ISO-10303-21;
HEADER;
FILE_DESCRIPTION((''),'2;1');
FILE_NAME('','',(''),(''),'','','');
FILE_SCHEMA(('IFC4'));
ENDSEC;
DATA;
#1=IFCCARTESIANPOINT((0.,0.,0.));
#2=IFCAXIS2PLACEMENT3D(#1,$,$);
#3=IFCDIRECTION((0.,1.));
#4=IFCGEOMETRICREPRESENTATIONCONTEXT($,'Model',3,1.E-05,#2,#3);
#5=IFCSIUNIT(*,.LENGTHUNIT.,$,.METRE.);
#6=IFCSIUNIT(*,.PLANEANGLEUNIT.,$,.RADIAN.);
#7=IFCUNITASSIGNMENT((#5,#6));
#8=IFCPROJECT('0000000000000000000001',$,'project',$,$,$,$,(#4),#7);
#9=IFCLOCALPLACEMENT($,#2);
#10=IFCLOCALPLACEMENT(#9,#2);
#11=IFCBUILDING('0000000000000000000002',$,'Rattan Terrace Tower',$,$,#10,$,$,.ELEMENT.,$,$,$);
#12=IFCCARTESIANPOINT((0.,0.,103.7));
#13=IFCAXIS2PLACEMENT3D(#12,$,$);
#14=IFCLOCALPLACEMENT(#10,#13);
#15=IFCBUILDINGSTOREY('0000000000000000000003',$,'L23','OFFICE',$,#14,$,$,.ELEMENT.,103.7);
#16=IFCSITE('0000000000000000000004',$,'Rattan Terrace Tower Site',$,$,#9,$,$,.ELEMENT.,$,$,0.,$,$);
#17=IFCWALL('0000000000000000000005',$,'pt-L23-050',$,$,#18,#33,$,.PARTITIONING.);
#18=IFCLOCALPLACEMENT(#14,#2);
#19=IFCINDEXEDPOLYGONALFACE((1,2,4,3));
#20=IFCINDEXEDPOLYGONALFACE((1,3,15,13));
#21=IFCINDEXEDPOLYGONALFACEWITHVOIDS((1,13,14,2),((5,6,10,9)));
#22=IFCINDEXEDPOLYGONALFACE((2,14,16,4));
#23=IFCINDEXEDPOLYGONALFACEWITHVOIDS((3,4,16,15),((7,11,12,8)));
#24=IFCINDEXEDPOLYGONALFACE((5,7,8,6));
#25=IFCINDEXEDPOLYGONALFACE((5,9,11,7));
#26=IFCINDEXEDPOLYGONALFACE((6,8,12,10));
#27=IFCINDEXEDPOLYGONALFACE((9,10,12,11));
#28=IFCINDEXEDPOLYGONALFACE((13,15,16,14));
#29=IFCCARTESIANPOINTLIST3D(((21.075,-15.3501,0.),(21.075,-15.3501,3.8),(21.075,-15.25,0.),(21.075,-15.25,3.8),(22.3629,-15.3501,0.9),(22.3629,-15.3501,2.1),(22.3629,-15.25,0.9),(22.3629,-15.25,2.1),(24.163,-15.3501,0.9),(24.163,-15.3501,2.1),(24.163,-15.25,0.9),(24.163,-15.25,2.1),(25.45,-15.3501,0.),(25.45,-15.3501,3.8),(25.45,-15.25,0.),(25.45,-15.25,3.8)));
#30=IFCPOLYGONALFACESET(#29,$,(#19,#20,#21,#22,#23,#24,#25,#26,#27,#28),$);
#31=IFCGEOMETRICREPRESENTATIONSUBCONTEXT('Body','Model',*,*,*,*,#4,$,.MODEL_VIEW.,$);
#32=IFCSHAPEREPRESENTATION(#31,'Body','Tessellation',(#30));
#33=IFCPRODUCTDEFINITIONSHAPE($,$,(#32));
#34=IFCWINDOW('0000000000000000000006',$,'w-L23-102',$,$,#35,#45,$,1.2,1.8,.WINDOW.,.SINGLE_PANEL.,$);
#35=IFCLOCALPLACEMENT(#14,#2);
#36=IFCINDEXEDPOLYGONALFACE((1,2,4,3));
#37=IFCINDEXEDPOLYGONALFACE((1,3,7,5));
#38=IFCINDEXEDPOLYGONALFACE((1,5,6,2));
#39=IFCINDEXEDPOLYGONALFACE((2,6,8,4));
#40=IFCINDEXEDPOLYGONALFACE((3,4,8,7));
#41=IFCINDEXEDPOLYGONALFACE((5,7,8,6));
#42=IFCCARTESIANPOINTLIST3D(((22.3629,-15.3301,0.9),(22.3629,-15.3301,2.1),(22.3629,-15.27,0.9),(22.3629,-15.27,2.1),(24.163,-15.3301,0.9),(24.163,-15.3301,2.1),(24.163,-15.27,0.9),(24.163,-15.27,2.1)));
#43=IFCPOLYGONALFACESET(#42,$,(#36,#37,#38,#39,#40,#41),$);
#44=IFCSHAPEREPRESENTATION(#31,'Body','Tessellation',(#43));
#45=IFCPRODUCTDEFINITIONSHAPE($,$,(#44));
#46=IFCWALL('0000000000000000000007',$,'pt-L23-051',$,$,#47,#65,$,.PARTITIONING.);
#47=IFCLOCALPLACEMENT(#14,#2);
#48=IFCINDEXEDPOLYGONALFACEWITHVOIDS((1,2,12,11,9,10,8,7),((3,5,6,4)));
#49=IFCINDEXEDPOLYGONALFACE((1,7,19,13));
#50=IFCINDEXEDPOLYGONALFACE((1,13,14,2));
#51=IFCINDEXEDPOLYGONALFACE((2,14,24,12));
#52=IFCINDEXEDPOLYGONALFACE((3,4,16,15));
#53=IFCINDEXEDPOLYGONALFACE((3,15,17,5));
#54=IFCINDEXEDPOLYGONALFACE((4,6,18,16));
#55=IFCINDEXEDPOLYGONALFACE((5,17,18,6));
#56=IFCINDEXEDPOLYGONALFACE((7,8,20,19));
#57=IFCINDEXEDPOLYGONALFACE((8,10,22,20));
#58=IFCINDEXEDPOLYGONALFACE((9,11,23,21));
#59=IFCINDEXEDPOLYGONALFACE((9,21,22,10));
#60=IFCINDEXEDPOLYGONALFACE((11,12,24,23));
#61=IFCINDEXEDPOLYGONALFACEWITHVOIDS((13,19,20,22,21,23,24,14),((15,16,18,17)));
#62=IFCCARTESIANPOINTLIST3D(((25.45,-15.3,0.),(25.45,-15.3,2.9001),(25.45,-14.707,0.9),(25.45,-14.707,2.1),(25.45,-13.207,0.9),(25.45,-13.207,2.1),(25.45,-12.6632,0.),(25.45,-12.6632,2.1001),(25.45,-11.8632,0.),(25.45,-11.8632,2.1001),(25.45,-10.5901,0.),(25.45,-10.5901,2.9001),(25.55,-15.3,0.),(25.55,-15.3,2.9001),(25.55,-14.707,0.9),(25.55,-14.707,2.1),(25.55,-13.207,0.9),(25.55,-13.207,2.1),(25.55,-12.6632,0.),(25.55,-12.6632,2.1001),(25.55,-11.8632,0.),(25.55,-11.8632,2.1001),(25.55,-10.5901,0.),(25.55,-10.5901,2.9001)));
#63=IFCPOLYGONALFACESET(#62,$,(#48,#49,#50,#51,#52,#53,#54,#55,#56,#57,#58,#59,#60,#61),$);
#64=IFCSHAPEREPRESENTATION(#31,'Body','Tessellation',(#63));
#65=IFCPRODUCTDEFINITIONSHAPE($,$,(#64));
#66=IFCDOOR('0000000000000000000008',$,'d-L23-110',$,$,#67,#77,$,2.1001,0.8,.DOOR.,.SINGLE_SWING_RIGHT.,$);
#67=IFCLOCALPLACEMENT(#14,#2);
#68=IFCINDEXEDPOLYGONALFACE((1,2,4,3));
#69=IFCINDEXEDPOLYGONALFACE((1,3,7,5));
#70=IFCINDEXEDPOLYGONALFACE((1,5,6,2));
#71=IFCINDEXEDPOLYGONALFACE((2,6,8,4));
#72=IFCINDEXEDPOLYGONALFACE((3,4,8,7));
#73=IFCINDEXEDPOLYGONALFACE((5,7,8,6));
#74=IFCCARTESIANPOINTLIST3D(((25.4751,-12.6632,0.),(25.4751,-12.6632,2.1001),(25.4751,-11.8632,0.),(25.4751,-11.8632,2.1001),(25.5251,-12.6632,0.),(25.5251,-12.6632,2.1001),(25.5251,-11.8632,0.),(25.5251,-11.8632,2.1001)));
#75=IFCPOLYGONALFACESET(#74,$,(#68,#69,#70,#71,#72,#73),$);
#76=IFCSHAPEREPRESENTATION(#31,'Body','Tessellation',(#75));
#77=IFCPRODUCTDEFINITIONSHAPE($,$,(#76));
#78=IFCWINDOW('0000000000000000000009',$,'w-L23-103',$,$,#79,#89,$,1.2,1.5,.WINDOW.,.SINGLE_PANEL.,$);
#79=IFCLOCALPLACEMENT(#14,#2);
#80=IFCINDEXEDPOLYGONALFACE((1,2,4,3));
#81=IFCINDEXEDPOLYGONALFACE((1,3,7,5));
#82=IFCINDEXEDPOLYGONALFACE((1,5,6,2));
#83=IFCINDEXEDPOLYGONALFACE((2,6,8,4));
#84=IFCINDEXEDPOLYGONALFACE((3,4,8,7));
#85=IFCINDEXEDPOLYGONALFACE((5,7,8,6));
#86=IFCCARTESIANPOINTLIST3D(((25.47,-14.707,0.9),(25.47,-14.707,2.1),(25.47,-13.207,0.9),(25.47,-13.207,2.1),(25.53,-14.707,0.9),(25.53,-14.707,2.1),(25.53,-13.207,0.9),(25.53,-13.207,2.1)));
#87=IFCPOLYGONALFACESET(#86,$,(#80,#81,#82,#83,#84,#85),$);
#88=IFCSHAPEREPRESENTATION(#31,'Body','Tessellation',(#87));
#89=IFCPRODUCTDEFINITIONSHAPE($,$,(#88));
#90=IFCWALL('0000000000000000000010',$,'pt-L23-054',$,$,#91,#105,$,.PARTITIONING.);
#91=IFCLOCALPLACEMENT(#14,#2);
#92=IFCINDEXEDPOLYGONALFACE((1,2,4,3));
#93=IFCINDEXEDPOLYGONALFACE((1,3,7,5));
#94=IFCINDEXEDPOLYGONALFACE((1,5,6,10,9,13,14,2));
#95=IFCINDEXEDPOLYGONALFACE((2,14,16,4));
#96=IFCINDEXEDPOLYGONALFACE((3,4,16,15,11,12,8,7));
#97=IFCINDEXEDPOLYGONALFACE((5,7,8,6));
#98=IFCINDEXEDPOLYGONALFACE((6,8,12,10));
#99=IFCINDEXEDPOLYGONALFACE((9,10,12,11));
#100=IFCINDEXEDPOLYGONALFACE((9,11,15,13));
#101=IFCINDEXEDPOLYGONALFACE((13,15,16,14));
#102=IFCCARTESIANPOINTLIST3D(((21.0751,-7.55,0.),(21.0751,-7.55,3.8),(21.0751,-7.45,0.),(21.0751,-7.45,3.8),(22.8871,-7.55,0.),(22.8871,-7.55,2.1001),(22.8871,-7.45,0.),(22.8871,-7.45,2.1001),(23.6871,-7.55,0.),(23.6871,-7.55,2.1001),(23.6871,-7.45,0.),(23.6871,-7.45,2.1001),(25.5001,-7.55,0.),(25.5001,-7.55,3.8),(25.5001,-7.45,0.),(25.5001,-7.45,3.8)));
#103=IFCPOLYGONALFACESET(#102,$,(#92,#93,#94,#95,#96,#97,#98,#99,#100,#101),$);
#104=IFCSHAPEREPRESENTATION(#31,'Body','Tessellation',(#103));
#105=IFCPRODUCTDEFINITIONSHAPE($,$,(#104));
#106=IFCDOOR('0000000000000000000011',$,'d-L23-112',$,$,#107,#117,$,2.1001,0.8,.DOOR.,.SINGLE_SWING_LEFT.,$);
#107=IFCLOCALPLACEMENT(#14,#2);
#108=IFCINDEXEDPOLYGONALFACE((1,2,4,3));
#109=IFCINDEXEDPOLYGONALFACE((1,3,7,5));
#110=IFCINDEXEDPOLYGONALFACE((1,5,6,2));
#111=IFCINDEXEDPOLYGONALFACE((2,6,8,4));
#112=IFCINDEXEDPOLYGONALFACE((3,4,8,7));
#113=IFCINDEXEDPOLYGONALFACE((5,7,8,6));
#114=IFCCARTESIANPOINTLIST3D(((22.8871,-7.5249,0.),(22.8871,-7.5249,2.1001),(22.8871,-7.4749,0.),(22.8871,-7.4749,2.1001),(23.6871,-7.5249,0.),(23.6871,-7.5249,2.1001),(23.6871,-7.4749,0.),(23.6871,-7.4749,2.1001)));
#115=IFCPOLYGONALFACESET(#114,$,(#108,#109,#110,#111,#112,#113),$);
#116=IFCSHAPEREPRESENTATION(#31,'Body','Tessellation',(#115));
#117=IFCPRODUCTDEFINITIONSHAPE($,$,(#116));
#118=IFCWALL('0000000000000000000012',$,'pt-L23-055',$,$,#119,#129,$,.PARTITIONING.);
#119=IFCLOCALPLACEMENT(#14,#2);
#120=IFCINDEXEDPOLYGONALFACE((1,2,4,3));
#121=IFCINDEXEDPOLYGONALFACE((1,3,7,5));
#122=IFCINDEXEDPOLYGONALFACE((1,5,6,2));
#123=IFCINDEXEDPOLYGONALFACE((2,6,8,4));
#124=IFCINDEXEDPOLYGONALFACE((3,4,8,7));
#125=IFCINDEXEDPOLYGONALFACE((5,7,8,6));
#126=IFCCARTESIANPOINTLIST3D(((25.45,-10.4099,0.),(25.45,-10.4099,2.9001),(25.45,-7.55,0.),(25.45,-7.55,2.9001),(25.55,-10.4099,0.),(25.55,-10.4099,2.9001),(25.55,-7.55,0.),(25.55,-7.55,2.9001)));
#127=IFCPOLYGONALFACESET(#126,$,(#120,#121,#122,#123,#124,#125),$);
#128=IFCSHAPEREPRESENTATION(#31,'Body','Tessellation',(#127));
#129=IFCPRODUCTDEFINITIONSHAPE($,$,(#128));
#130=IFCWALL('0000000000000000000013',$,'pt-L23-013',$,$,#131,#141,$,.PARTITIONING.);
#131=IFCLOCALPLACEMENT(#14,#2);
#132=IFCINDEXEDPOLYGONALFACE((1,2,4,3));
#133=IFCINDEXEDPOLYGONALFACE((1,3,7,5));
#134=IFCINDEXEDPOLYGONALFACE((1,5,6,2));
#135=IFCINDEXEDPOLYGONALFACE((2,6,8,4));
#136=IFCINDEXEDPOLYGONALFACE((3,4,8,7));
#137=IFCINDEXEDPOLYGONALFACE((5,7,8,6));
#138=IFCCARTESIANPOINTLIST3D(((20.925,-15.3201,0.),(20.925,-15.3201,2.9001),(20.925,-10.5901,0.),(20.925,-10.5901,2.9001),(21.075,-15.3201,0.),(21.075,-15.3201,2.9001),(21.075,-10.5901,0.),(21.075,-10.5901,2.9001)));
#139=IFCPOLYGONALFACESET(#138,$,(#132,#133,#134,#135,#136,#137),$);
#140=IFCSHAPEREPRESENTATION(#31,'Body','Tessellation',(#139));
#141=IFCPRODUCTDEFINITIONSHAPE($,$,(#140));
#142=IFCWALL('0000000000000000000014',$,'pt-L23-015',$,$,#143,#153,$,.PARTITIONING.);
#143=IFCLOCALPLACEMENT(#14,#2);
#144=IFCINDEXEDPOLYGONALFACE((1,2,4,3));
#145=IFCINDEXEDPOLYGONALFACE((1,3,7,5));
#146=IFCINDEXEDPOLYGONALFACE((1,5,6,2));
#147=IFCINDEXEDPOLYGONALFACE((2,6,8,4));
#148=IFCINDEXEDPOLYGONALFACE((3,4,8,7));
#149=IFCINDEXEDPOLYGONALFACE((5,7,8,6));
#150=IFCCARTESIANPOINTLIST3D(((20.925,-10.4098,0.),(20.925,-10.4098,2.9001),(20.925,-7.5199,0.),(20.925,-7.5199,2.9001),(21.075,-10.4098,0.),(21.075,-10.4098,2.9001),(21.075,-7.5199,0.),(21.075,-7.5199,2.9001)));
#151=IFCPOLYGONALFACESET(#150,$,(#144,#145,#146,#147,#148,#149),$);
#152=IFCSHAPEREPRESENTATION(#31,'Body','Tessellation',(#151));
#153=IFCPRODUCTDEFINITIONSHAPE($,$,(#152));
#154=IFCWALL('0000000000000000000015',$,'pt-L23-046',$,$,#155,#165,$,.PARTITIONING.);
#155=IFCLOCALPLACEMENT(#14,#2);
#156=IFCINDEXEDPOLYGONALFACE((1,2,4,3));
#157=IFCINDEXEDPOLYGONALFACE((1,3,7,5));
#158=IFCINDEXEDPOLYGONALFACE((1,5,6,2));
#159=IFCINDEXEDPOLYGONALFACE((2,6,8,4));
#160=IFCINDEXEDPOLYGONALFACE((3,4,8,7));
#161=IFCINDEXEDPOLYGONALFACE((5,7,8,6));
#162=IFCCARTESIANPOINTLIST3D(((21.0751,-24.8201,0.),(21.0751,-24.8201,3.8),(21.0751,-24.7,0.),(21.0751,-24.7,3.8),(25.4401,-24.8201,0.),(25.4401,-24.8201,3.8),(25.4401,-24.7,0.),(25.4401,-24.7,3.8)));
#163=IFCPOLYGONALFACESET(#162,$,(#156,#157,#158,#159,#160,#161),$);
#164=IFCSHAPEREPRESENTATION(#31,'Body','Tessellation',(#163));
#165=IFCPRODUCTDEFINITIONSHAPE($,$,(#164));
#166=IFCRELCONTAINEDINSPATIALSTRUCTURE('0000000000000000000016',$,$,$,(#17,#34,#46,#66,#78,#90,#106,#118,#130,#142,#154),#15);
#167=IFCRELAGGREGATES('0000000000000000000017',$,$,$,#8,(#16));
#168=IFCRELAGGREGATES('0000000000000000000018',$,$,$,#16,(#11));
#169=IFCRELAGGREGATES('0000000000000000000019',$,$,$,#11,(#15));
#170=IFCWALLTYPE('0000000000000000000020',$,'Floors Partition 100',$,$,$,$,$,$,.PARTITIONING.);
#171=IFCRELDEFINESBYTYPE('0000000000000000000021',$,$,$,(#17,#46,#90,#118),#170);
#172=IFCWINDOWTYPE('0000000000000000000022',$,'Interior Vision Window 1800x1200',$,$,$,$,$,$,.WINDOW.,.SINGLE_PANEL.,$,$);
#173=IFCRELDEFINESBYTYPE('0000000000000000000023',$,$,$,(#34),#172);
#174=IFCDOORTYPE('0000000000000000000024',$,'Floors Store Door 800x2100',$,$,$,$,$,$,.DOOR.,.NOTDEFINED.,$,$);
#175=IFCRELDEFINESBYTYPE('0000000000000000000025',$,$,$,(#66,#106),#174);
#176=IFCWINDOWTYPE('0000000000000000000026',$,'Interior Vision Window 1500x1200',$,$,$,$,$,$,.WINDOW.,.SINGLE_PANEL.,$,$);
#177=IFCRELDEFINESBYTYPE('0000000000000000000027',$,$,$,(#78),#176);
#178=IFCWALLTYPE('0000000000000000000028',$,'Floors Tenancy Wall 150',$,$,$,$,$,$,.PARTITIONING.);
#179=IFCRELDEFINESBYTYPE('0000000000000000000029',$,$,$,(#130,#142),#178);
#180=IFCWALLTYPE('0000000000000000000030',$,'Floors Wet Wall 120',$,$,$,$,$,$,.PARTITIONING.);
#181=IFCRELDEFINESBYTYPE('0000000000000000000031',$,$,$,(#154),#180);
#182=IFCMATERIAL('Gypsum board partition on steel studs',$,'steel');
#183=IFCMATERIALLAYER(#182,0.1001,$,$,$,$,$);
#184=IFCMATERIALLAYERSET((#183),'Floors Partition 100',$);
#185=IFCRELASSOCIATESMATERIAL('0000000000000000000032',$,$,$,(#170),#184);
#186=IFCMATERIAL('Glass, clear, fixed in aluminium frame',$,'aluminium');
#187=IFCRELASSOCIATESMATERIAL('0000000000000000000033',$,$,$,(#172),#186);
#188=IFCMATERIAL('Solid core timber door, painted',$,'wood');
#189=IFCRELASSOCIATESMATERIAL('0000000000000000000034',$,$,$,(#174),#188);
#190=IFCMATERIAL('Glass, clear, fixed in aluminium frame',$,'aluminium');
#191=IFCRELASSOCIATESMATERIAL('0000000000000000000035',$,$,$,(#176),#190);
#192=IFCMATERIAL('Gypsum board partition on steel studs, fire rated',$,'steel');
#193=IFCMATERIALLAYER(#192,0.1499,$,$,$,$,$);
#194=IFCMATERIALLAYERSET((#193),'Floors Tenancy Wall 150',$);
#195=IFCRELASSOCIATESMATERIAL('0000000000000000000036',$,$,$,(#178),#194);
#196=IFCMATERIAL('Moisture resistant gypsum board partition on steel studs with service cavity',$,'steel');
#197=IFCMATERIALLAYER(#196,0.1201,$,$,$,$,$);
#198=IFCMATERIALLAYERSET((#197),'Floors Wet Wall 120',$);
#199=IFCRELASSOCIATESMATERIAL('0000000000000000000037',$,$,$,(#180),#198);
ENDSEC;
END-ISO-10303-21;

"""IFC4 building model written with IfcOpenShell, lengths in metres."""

from ifc_helpers import new_model, si_unit, direction, frame, frame_2d, origin, place, context, subcontext, project, spatial, rectangle, extrude, material, layer, layer_set, type_object, element, fill, save


model = new_model("IFC4")

# Units and contexts
model_context = context("Model", 3, precision=1e-05, world=origin(), true_north=direction((0.0, 1.0)))
body_context = subcontext(model_context, "Body", "Model", "MODEL_VIEW")
ifc_project = project(units=[si_unit("LENGTHUNIT", "METRE"), si_unit("PLANEANGLEUNIT", "RADIAN")], contexts=[model_context])

# Site, building, storey
site_placement = place(None, origin())
site = spatial("IfcSite", under=ifc_project, at=site_placement, Name="Rattan Terrace Tower Site", CompositionType="ELEMENT", RefElevation=0.0)
building_placement = place(site_placement, origin())
building = spatial("IfcBuilding", under=site, at=building_placement, Name="Rattan Terrace Tower", CompositionType="ELEMENT")
storey_placement = place(building_placement, frame((0.0, 0.0, 103.7)))
storey = spatial("IfcBuildingStorey", under=building, at=storey_placement, Name="L23", Description="OFFICE", CompositionType="ELEMENT", Elevation=103.7)

# Wall, opening, window
ifc_material_1 = material(Name="Gypsum board partition on steel studs", Category="steel")
ifc_layer_1 = layer(ifc_material_1, 0.1001)
ifc_layer_set_1 = layer_set([ifc_layer_1], Name="Floors Partition 100")
wall_type_1 = type_object("IfcWallType", Name="Floors Partition 100", PredefinedType="PARTITIONING", material=ifc_layer_set_1)
wall_1_placement = place(storey_placement, frame((21.075, -15.3, 0.0), z_axis=(0.0, 0.0, 1.0), x_axis=(1.0, 0.0, 0.0)))
wall_1 = element("IfcWall", 1, at=wall_1_placement, inside=storey, type_object=wall_type_1, Name="pt-L23-050", PredefinedType="PARTITIONING", context=body_context, shape_type="SweptSolid", body=[
    extrude(rectangle(XDim=4.375, YDim=0.1001, at=frame_2d((2.1875, 0.0))), origin(), (0.0, 0.0, 1.0), 3.8),
])
opening_1_placement = place(wall_1_placement, frame((1.2881, 0.0, 0.8999)))
opening_1 = element("IfcOpeningElement", 2, at=opening_1_placement, cuts=wall_1, PredefinedType="OPENING", context=body_context, shape_type="SweptSolid", body=[
    extrude(rectangle(XDim=1.8, YDim=1.2, at=frame_2d((0.8999, 0.6001))), frame((0.0, 0.0605, 0.0), z_axis=(0.0, -1.0, 0.0), x_axis=(1.0, 0.0, 0.0)), (0.0, 0.0, 1.0), 0.1211),
])
ifc_material_2 = material(Name="Glass, clear, fixed in aluminium frame", Category="aluminium")
window_type_1 = type_object("IfcWindowType", Name="Interior Vision Window 1800x1200", PartitioningType="SINGLE_PANEL", PredefinedType="WINDOW", material=ifc_material_2)
window_1_placement = place(opening_1_placement, origin())
window_1 = element("IfcWindow", 3, at=window_1_placement, inside=storey, type_object=window_type_1, Name="w-L23-102", OverallHeight=1.2, OverallWidth=1.8, PartitioningType="SINGLE_PANEL", PredefinedType="WINDOW", context=body_context, shape_type="SweptSolid", body=[
    extrude(rectangle(XDim=1.8, YDim=1.2, at=frame_2d((0.8999, 0.6001))), frame((0.0, 0.03, 0.0), z_axis=(0.0, -1.0, 0.0), x_axis=(1.0, 0.0, 0.0)), (0.0, 0.0, 1.0), 0.0601),
])
fill(opening_1, window_1)

# Wall, openings, door, window
wall_2_placement = place(storey_placement, frame((25.5, -15.3, 0.0), z_axis=(0.0, 0.0, 1.0), x_axis=(0.0, 1.0, 0.0)))
wall_2 = element("IfcWall", 4, at=wall_2_placement, inside=storey, type_object=wall_type_1, Name="pt-L23-051", PredefinedType="PARTITIONING", context=body_context, shape_type="SweptSolid", body=[
    extrude(rectangle(XDim=4.71, YDim=0.1001, at=frame_2d((2.355, 0.0))), origin(), (0.0, 0.0, 1.0), 2.9001),
])
opening_2_placement = place(wall_2_placement, frame((2.637, 0.0, 0.0)))
opening_2 = element("IfcOpeningElement", 5, at=opening_2_placement, cuts=wall_2, PredefinedType="OPENING", context=body_context, shape_type="SweptSolid", body=[
    extrude(rectangle(XDim=0.8, YDim=2.1001, at=frame_2d((0.3999, 1.05))), frame((0.0, 0.0605, 0.0), z_axis=(0.0, -1.0, 0.0), x_axis=(1.0, 0.0, 0.0)), (0.0, 0.0, 1.0), 0.1211),
])
opening_3_placement = place(wall_2_placement, frame((0.593, 0.0, 0.8999)))
opening_3 = element("IfcOpeningElement", 6, at=opening_3_placement, cuts=wall_2, PredefinedType="OPENING", context=body_context, shape_type="SweptSolid", body=[
    extrude(rectangle(XDim=1.5, YDim=1.2, at=frame_2d((0.75, 0.6001))), frame((0.0, 0.0605, 0.0), z_axis=(0.0, -1.0, 0.0), x_axis=(1.0, 0.0, 0.0)), (0.0, 0.0, 1.0), 0.1211),
])
ifc_material_3 = material(Name="Solid core timber door, painted", Category="wood")
door_type_1 = type_object("IfcDoorType", Name="Floors Store Door 800x2100", OperationType="NOTDEFINED", PredefinedType="DOOR", material=ifc_material_3)
door_1_placement = place(opening_2_placement, origin())
door_1 = element("IfcDoor", 7, at=door_1_placement, inside=storey, type_object=door_type_1, Name="d-L23-110", OperationType="SINGLE_SWING_RIGHT", OverallHeight=2.1001, OverallWidth=0.8, PredefinedType="DOOR", context=body_context, shape_type="SweptSolid", body=[
    extrude(rectangle(XDim=0.8, YDim=2.1001, at=frame_2d((0.3999, 1.05))), frame((0.0, 0.0249, 0.0), z_axis=(0.0, -1.0, 0.0), x_axis=(1.0, 0.0, 0.0)), (0.0, 0.0, 1.0), 0.05),
])
fill(opening_2, door_1)
ifc_material_4 = material(Name="Glass, clear, fixed in aluminium frame", Category="aluminium")
window_type_2 = type_object("IfcWindowType", Name="Interior Vision Window 1500x1200", PartitioningType="SINGLE_PANEL", PredefinedType="WINDOW", material=ifc_material_4)
window_2_placement = place(opening_3_placement, origin())
window_2 = element("IfcWindow", 8, at=window_2_placement, inside=storey, type_object=window_type_2, Name="w-L23-103", OverallHeight=1.2, OverallWidth=1.5, PartitioningType="SINGLE_PANEL", PredefinedType="WINDOW", context=body_context, shape_type="SweptSolid", body=[
    extrude(rectangle(XDim=1.5, YDim=1.2, at=frame_2d((0.75, 0.6001))), frame((0.0, 0.03, 0.0), z_axis=(0.0, -1.0, 0.0), x_axis=(1.0, 0.0, 0.0)), (0.0, 0.0, 1.0), 0.0601),
])
fill(opening_3, window_2)

# Wall, opening, door
wall_3_placement = place(storey_placement, frame((25.5, -7.5, 0.0), z_axis=(0.0, 0.0, 1.0), x_axis=(-1.0, 0.0, 0.0)))
wall_3 = element("IfcWall", 9, at=wall_3_placement, inside=storey, type_object=wall_type_1, Name="pt-L23-054", PredefinedType="PARTITIONING", context=body_context, shape_type="SweptSolid", body=[
    extrude(rectangle(XDim=4.425, YDim=0.1001, at=frame_2d((2.2124, 0.0))), origin(), (0.0, 0.0, 1.0), 3.8),
])
opening_4_placement = place(wall_3_placement, frame((1.813, 0.0, 0.0)))
opening_4 = element("IfcOpeningElement", 10, at=opening_4_placement, cuts=wall_3, PredefinedType="OPENING", context=body_context, shape_type="SweptSolid", body=[
    extrude(rectangle(XDim=0.8, YDim=2.1001, at=frame_2d((0.3999, 1.05))), frame((0.0, 0.0605, 0.0), z_axis=(0.0, -1.0, 0.0), x_axis=(1.0, 0.0, 0.0)), (0.0, 0.0, 1.0), 0.1211),
])
door_2_placement = place(opening_4_placement, origin())
door_2 = element("IfcDoor", 11, at=door_2_placement, inside=storey, type_object=door_type_1, Name="d-L23-112", OperationType="SINGLE_SWING_LEFT", OverallHeight=2.1001, OverallWidth=0.8, PredefinedType="DOOR", context=body_context, shape_type="SweptSolid", body=[
    extrude(rectangle(XDim=0.8, YDim=2.1001, at=frame_2d((0.3999, 1.05))), frame((0.0, 0.0249, 0.0), z_axis=(0.0, -1.0, 0.0), x_axis=(1.0, 0.0, 0.0)), (0.0, 0.0, 1.0), 0.05),
])
fill(opening_4, door_2)

# Walls
wall_4_placement = place(storey_placement, frame((25.5, -10.4099, 0.0), z_axis=(0.0, 0.0, 1.0), x_axis=(0.0, 1.0, 0.0)))
element("IfcWall", 12, at=wall_4_placement, inside=storey, type_object=wall_type_1, Name="pt-L23-055", PredefinedType="PARTITIONING", context=body_context, shape_type="SweptSolid", body=[
    extrude(rectangle(XDim=2.8599, YDim=0.1001, at=frame_2d((1.4299, 0.0))), origin(), (0.0, 0.0, 1.0), 2.9001),
])
ifc_material_5 = material(Name="Gypsum board partition on steel studs, fire rated", Category="steel")
ifc_layer_2 = layer(ifc_material_5, 0.1499)
ifc_layer_set_2 = layer_set([ifc_layer_2], Name="Floors Tenancy Wall 150")
wall_type_2 = type_object("IfcWallType", Name="Floors Tenancy Wall 150", PredefinedType="PARTITIONING", material=ifc_layer_set_2)
wall_5_placement = place(storey_placement, frame((21.0, -10.5901, 0.0), z_axis=(0.0, 0.0, 1.0), x_axis=(0.0, -1.0, 0.0)))
element("IfcWall", 13, at=wall_5_placement, inside=storey, type_object=wall_type_2, Name="pt-L23-013", PredefinedType="PARTITIONING", context=body_context, shape_type="SweptSolid", body=[
    extrude(rectangle(XDim=4.73, YDim=0.1499, at=frame_2d((2.365, 0.0))), origin(), (0.0, 0.0, 1.0), 2.9001),
])
wall_6_placement = place(storey_placement, frame((21.0, -7.52, 0.0), z_axis=(0.0, 0.0, 1.0), x_axis=(0.0, -1.0, 0.0)))
element("IfcWall", 14, at=wall_6_placement, inside=storey, type_object=wall_type_2, Name="pt-L23-015", PredefinedType="PARTITIONING", context=body_context, shape_type="SweptSolid", body=[
    extrude(rectangle(XDim=2.8899, YDim=0.1499, at=frame_2d((1.4448, 0.0))), origin(), (0.0, 0.0, 1.0), 2.9001),
])
ifc_material_6 = material(Name="Moisture resistant gypsum board partition on steel studs with service cavity", Category="steel")
ifc_layer_3 = layer(ifc_material_6, 0.1201)
ifc_layer_set_3 = layer_set([ifc_layer_3], Name="Floors Wet Wall 120")
wall_type_3 = type_object("IfcWallType", Name="Floors Wet Wall 120", PredefinedType="PARTITIONING", material=ifc_layer_set_3)
wall_7_placement = place(storey_placement, frame((21.075, -24.76, 0.0), z_axis=(0.0, 0.0, 1.0), x_axis=(1.0, 0.0, 0.0)))
element("IfcWall", 15, at=wall_7_placement, inside=storey, type_object=wall_type_3, Name="pt-L23-046", PredefinedType="PARTITIONING", context=body_context, shape_type="SweptSolid", body=[
    extrude(rectangle(XDim=4.365, YDim=0.1201, at=frame_2d((2.1826, 0.0))), origin(), (0.0, 0.0, 1.0), 3.8),
])

save(model, "model.ifc")
